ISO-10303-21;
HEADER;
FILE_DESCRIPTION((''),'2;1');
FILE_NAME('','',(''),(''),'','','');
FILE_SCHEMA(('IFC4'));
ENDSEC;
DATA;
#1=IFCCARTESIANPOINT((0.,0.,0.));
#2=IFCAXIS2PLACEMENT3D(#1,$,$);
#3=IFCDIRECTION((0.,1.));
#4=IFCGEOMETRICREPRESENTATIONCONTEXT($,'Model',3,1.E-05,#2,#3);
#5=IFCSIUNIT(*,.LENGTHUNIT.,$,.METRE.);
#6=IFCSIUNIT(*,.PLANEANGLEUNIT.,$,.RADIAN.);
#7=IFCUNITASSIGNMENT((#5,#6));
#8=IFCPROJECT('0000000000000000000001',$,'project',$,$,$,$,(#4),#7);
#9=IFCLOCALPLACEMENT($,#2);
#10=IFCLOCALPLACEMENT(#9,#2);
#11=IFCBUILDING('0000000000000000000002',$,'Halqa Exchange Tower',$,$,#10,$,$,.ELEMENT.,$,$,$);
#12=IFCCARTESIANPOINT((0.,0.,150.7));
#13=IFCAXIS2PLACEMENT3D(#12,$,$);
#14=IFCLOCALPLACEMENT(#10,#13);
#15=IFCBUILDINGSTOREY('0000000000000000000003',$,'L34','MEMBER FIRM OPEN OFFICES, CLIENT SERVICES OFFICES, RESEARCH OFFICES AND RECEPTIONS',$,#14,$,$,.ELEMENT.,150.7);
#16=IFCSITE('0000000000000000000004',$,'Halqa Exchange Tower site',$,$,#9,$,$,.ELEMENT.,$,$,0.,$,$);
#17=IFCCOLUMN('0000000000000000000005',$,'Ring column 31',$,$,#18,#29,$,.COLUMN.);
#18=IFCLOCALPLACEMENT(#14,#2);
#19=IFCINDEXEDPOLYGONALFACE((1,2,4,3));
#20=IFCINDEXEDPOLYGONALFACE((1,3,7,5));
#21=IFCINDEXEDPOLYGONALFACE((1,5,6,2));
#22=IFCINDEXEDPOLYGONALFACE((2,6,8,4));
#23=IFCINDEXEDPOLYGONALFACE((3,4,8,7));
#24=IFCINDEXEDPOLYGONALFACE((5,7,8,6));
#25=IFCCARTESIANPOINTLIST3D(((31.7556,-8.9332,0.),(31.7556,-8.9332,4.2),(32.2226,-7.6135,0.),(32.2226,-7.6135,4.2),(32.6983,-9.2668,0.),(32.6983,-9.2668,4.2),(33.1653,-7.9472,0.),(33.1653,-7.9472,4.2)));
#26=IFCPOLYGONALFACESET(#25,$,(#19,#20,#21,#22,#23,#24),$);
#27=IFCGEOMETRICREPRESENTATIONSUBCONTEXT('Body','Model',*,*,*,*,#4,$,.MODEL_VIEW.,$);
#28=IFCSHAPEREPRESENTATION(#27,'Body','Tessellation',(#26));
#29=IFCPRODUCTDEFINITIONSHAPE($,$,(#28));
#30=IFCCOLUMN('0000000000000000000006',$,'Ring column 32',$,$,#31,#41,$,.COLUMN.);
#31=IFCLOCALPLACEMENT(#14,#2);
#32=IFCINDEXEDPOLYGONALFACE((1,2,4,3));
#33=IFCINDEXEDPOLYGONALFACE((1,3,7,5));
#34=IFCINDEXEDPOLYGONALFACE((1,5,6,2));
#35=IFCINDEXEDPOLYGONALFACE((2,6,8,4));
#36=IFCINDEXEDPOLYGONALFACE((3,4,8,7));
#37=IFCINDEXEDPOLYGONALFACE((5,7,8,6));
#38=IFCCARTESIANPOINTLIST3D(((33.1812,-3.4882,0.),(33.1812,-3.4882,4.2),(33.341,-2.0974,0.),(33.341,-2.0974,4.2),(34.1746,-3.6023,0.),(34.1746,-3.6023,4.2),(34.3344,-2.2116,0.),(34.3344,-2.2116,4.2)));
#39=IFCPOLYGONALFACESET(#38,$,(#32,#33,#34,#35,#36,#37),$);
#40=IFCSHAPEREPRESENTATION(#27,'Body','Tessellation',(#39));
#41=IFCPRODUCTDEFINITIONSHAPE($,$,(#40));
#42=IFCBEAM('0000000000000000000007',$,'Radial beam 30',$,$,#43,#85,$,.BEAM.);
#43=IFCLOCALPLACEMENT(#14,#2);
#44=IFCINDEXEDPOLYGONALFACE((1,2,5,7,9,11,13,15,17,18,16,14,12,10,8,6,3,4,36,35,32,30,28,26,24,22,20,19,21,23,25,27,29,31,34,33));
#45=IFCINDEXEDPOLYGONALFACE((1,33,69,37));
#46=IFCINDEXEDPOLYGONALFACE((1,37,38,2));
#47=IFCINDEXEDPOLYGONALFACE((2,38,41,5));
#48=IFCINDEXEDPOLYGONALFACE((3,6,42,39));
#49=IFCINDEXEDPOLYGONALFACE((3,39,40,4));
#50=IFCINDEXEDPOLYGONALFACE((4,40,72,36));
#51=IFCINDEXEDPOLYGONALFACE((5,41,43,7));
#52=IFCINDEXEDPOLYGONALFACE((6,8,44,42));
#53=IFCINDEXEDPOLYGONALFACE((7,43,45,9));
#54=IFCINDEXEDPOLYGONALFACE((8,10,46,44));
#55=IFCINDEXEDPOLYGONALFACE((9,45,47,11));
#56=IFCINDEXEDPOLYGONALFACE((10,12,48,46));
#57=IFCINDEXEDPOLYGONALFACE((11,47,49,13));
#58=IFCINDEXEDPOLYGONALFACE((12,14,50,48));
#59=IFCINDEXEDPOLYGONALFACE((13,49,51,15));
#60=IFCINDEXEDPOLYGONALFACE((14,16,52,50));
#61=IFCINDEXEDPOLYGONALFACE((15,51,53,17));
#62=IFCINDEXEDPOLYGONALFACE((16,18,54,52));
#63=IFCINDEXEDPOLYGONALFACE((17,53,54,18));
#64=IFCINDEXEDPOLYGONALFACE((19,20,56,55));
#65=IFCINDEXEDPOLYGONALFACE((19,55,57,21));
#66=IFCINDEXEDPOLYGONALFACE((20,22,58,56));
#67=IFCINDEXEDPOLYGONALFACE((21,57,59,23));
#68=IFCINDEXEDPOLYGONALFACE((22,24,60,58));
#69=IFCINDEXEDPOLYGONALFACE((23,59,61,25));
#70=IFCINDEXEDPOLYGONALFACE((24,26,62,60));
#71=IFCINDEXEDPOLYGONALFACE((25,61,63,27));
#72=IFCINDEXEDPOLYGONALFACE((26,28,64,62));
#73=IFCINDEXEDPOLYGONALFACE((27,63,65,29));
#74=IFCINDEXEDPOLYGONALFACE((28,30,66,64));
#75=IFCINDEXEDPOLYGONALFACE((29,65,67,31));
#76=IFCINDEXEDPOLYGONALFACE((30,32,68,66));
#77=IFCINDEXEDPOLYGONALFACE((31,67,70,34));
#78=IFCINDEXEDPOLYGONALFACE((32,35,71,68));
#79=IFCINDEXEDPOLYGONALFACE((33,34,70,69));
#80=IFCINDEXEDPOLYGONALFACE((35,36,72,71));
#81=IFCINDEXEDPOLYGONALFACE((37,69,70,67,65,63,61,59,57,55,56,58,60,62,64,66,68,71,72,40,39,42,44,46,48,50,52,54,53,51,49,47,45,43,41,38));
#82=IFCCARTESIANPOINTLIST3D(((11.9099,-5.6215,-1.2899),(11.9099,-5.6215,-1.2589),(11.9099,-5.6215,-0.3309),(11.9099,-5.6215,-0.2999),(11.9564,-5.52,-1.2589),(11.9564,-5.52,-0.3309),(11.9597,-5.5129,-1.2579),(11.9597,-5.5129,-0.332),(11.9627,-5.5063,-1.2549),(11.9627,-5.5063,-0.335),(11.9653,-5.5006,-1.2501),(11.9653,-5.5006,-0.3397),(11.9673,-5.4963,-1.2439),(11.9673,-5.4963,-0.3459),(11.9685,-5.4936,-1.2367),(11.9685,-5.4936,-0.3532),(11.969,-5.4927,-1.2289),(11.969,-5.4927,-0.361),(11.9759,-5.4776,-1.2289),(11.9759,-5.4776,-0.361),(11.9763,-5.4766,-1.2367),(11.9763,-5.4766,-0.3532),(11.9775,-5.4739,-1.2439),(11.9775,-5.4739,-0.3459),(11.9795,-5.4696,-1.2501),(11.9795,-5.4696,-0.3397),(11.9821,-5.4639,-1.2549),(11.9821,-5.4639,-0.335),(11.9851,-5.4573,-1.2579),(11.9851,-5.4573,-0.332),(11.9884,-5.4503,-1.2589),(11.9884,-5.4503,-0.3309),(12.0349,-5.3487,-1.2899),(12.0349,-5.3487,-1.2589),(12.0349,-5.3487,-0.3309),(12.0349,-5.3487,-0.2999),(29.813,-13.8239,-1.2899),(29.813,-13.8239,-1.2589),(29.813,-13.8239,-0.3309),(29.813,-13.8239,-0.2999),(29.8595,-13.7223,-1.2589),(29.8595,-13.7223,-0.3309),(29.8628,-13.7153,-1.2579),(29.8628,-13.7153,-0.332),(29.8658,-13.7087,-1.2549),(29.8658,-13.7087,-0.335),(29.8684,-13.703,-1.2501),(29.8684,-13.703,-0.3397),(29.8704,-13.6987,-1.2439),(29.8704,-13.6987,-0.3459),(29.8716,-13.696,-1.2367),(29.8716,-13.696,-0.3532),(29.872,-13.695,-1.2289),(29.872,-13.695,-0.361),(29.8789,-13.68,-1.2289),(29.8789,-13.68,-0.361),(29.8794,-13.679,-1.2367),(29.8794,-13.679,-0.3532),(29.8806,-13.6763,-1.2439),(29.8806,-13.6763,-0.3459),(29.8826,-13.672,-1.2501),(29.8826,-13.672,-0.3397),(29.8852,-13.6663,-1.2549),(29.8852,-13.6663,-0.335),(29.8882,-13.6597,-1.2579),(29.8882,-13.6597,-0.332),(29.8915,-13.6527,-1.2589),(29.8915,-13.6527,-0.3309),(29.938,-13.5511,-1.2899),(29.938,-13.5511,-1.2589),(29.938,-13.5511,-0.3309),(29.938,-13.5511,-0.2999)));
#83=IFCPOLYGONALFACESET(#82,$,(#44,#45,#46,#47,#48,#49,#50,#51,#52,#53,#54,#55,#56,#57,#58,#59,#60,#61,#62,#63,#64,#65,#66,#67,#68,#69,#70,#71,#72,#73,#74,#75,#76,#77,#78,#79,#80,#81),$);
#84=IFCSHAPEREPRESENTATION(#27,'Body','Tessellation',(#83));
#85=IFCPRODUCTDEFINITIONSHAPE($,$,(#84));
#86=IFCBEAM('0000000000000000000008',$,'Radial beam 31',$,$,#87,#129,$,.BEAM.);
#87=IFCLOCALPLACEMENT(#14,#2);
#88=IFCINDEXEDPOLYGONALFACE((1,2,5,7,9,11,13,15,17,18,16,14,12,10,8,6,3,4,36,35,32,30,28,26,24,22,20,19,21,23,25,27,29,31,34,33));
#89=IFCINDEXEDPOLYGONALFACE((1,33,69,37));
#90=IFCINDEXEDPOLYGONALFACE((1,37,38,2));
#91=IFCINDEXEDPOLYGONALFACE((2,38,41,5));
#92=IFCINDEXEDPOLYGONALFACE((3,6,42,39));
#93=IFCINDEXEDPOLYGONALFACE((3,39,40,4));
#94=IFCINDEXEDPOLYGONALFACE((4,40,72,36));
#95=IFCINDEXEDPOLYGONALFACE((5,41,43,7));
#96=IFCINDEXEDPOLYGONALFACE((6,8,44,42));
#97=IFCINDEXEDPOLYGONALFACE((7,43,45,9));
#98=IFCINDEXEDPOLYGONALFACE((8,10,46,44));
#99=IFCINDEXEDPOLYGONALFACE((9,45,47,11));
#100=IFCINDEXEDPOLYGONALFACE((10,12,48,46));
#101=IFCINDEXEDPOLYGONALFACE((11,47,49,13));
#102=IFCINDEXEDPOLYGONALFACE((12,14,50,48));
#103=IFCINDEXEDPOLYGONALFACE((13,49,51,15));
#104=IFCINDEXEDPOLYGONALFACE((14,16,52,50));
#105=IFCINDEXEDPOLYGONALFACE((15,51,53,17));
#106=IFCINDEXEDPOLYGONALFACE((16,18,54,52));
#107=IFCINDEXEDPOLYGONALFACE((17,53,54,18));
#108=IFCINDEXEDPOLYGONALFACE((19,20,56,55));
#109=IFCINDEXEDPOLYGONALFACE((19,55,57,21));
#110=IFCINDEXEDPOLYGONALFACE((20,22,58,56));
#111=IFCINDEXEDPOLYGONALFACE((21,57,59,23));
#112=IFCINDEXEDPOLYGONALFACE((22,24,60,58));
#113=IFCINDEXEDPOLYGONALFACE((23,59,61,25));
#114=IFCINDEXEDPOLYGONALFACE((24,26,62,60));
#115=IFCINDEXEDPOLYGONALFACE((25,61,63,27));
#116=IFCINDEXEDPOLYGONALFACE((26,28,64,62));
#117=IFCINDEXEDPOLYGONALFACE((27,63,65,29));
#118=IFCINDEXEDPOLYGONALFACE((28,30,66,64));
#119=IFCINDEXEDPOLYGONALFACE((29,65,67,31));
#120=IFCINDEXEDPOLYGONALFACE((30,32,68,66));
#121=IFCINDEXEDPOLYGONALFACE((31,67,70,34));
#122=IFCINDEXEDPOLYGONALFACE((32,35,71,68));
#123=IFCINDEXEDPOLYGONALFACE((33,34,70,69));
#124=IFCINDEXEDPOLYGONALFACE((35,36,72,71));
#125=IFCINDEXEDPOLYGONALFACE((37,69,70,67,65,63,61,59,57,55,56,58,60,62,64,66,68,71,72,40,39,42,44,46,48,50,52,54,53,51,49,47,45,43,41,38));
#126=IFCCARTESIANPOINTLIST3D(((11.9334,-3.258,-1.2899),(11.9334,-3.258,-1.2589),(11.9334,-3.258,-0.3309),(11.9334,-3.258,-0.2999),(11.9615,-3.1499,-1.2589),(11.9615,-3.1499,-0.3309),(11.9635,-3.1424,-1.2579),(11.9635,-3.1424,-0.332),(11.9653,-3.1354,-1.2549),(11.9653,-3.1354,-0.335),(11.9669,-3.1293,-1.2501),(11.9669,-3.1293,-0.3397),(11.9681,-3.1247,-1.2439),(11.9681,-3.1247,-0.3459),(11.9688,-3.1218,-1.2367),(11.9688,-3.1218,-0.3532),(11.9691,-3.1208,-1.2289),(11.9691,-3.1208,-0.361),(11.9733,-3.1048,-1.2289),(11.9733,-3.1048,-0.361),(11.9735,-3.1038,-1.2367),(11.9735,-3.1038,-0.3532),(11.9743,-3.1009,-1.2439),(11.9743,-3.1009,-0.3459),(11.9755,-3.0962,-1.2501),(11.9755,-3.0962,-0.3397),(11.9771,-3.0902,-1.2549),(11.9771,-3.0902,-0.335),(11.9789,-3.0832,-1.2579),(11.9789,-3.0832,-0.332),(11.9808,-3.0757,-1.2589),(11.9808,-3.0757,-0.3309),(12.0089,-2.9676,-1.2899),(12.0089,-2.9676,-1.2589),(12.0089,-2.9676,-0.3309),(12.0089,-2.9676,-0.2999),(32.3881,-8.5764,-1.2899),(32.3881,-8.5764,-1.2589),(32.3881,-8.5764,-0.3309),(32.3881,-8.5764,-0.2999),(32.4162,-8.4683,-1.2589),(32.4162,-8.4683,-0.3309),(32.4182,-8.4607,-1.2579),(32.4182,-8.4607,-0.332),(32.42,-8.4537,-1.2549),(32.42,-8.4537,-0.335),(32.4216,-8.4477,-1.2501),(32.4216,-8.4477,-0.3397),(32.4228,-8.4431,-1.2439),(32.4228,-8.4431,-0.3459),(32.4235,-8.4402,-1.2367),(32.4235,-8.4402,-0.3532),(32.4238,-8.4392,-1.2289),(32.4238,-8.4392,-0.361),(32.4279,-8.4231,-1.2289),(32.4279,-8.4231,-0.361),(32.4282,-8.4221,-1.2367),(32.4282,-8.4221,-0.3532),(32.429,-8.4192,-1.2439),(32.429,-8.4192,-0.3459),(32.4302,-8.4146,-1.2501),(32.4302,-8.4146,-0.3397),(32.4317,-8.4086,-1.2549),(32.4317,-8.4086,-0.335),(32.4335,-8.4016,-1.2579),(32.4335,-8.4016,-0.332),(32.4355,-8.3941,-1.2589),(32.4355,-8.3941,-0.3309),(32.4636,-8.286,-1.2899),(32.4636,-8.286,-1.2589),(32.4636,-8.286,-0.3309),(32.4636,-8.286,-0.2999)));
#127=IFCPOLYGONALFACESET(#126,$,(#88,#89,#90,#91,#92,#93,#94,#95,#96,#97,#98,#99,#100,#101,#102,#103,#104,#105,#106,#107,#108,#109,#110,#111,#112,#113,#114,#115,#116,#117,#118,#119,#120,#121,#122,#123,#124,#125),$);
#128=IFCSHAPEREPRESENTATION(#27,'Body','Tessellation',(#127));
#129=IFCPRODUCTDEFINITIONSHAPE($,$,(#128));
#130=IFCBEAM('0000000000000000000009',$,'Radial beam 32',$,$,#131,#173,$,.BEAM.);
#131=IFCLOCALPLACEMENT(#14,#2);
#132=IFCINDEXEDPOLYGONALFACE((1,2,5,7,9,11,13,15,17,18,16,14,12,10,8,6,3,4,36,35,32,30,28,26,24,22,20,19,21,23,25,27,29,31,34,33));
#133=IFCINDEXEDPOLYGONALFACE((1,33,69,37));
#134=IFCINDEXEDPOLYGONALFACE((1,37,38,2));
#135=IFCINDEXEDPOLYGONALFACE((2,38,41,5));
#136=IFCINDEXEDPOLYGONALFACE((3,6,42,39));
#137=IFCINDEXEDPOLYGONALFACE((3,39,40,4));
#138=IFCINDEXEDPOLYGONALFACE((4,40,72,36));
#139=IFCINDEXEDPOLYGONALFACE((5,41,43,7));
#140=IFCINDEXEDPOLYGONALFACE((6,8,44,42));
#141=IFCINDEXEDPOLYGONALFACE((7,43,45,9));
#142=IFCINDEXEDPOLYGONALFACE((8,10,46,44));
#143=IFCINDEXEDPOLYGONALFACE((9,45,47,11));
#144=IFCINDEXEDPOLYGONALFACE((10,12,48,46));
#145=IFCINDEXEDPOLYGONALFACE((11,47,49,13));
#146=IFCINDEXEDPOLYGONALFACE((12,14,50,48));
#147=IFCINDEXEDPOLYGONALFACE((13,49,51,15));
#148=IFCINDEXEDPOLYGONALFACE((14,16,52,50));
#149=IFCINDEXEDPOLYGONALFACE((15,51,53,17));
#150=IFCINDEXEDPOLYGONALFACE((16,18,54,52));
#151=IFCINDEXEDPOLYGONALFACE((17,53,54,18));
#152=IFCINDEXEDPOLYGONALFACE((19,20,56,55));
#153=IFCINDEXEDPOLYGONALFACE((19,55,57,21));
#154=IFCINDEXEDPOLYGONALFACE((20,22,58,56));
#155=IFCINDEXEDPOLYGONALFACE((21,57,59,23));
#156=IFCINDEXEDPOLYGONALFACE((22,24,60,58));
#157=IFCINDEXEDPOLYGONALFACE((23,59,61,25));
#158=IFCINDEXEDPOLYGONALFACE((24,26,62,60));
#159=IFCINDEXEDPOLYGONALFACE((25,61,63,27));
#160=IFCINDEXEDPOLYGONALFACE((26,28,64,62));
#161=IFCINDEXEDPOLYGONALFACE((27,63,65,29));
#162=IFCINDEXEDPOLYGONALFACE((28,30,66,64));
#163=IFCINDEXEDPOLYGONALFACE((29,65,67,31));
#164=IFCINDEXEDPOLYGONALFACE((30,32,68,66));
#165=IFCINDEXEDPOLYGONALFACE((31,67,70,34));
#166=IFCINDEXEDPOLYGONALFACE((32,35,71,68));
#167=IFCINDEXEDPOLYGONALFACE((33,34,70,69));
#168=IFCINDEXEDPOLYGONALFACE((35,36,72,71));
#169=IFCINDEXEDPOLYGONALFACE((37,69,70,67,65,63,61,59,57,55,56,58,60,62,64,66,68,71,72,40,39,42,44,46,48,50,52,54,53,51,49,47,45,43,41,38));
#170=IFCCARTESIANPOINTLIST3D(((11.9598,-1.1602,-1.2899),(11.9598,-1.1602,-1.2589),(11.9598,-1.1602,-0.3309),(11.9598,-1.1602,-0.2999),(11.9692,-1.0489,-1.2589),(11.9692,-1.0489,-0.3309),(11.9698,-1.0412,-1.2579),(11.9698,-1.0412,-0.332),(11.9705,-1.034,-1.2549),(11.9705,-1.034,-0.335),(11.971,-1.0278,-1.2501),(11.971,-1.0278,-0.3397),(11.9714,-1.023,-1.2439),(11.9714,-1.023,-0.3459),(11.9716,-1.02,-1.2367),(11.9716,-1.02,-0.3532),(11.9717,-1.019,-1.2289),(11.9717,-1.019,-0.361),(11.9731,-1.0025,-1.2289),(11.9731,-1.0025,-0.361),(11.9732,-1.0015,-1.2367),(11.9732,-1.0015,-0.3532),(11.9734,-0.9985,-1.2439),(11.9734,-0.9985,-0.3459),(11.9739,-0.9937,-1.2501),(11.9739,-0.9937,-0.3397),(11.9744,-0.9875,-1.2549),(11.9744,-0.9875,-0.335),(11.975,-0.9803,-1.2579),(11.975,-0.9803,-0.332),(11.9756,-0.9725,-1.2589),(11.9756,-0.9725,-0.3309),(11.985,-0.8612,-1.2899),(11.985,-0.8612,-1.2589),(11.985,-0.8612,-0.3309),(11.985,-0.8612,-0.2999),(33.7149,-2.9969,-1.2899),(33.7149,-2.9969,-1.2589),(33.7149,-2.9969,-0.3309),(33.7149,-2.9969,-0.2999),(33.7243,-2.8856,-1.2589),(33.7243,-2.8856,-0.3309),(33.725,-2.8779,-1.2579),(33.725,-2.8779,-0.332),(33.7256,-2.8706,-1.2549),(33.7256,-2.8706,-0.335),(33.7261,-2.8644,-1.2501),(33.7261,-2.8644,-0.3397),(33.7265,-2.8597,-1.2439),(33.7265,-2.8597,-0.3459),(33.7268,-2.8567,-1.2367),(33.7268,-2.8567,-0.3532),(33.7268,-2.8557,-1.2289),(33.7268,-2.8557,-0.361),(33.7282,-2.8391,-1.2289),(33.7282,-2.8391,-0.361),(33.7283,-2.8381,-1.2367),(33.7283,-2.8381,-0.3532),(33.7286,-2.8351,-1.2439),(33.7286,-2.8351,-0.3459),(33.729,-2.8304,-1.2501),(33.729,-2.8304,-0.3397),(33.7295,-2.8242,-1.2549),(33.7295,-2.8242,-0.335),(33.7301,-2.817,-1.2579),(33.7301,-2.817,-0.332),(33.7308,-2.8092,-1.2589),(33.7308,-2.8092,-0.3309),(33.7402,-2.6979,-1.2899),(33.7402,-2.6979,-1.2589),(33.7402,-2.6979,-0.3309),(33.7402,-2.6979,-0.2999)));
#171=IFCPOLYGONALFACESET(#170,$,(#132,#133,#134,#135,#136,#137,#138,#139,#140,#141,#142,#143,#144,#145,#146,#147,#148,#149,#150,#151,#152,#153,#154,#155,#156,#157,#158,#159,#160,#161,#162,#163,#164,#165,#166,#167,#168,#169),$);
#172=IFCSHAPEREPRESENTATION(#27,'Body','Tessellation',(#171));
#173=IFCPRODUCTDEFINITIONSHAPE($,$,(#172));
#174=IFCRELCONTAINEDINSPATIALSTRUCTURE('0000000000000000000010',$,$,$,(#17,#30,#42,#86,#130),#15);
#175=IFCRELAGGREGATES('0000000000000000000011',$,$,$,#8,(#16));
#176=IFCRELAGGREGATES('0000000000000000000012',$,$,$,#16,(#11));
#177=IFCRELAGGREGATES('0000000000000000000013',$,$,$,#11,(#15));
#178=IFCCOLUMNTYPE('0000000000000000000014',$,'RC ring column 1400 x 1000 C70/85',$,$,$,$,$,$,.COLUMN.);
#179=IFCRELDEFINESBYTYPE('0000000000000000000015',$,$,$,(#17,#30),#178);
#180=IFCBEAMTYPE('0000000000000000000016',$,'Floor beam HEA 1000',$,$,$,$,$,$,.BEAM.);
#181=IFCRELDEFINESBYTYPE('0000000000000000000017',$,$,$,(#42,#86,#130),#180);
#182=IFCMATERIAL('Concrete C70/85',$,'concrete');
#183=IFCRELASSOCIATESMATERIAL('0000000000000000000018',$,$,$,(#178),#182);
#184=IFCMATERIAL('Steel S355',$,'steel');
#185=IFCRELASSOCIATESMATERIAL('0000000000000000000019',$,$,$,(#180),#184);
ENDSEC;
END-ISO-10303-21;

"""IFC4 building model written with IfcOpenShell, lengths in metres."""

from ifc_helpers import new_model, si_unit, direction, frame, origin, origin_2d, place, context, subcontext, project, spatial, rectangle, i_section, extrude, material, material_profile, profile_set, type_object, element, save


model = new_model("IFC4")

# Units and contexts
model_context = context("Model", 3, precision=1e-05, world=origin(), true_north=direction((0.0, 1.0)))
body_context = subcontext(model_context, "Body", "Model", "MODEL_VIEW")
ifc_project = project(units=[si_unit("LENGTHUNIT", "METRE"), si_unit("PLANEANGLEUNIT", "RADIAN")], contexts=[model_context])

# Site, building, storey
site_placement = place(None, origin())
site = spatial("IfcSite", under=ifc_project, at=site_placement, Name="Halqa Exchange Tower site", CompositionType="ELEMENT", RefElevation=0.0)
building_placement = place(site_placement, origin())
building = spatial("IfcBuilding", under=site, at=building_placement, Name="Halqa Exchange Tower", CompositionType="ELEMENT")
storey_placement = place(building_placement, frame((0.0, 0.0, 150.7)))
storey = spatial("IfcBuildingStorey", under=building, at=storey_placement, Name="L34", Description="MEMBER FIRM OPEN OFFICES, CLIENT SERVICES OFFICES, RESEARCH OFFICES AND RECEPTIONS", CompositionType="ELEMENT", Elevation=150.7)

# Columns
ifc_material_1 = material(Name="Concrete C70/85", Category="concrete")
ifc_material_profile_1 = material_profile(ifc_material_1, rectangle(XDim=1.3999, YDim=1.0, at=origin_2d()), Name="1400 x 1000")
ifc_profile_set_1 = profile_set([ifc_material_profile_1], Name="Concrete C70/85")
column_type = type_object("IfcColumnType", Name="RC ring column 1400 x 1000 C70/85", PredefinedType="COLUMN", material=ifc_profile_set_1)
for number, where, z_axis, x_axis, name in (
    (1, (32.4604, -8.4402, 0.0), (0.0, 0.0, 1.0), (0.333634, 0.942703, 0.0), "Ring column 31"),
    (2, (33.7578, -2.8499, 0.0), (0.0, 0.0, 1.0), (0.114155, 0.993463, 0.0), "Ring column 32"),
):
    element("IfcColumn", number, at=place(storey_placement, frame(where, z_axis=z_axis, x_axis=x_axis)), inside=storey, type_object=column_type, Name=name, PredefinedType="COLUMN", context=body_context, shape_type="SweptSolid", body=[
        extrude(rectangle(XDim=1.3999, YDim=1.0, at=origin_2d()), origin(), (0.0, 0.0, 1.0), 4.2),
    ])

# Beams
ifc_material_2 = material(Name="Steel S355", Category="steel")
ifc_material_profile_2 = material_profile(ifc_material_2, i_section(OverallWidth=0.3, OverallDepth=0.99, WebThickness=0.0166, FlangeThickness=0.031, FilletRadius=0.03, at=origin_2d()), Name="HEA 1000")
ifc_profile_set_2 = profile_set([ifc_material_profile_2], Name="Steel S355")
beam_type_1 = type_object("IfcBeamType", Name="Floor beam HEA 1000", PredefinedType="BEAM", material=ifc_profile_set_2)
beam_1_placement = place(storey_placement, frame((11.9724, -5.4851, -0.7949), z_axis=(0.909126, -0.416521, 0.0), x_axis=(0.416521, 0.909126, 0.0)))
element("IfcBeam", 3, at=beam_1_placement, inside=storey, type_object=beam_type_1, Name="Radial beam 30", PredefinedType="BEAM", context=body_context, shape_type="SweptSolid", body=[
    extrude(i_section(OverallWidth=0.3, OverallDepth=0.99, WebThickness=0.0166, FlangeThickness=0.031, FilletRadius=0.03, at=origin_2d()), origin(), (0.0, 0.0, 1.0), 19.6926),
])
beam_2_placement = place(storey_placement, frame((11.9712, -3.1128, -0.7949), z_axis=(0.967821, -0.251641, 0.0), x_axis=(0.251641, 0.967821, 0.0)))
element("IfcBeam", 4, at=beam_2_placement, inside=storey, type_object=beam_type_1, Name="Radial beam 31", PredefinedType="BEAM", context=body_context, shape_type="SweptSolid", body=[
    extrude(i_section(OverallWidth=0.3, OverallDepth=0.99, WebThickness=0.0166, FlangeThickness=0.031, FilletRadius=0.03, at=origin_2d()), origin(), (0.0, 0.0, 1.0), 21.1348),
])
beam_3_placement = place(storey_placement, frame((11.9724, -1.0107, -0.7949), z_axis=(0.996455, -0.084125, 0.0), x_axis=(0.084125, 0.996455, 0.0)))
element("IfcBeam", 5, at=beam_3_placement, inside=storey, type_object=beam_type_1, Name="Radial beam 32", PredefinedType="BEAM", context=body_context, shape_type="SweptSolid", body=[
    extrude(i_section(OverallWidth=0.3, OverallDepth=0.99, WebThickness=0.0166, FlangeThickness=0.031, FilletRadius=0.03, at=origin_2d()), origin(), (0.0, 0.0, 1.0), 21.8325),
])

save(model, "model.ifc")
